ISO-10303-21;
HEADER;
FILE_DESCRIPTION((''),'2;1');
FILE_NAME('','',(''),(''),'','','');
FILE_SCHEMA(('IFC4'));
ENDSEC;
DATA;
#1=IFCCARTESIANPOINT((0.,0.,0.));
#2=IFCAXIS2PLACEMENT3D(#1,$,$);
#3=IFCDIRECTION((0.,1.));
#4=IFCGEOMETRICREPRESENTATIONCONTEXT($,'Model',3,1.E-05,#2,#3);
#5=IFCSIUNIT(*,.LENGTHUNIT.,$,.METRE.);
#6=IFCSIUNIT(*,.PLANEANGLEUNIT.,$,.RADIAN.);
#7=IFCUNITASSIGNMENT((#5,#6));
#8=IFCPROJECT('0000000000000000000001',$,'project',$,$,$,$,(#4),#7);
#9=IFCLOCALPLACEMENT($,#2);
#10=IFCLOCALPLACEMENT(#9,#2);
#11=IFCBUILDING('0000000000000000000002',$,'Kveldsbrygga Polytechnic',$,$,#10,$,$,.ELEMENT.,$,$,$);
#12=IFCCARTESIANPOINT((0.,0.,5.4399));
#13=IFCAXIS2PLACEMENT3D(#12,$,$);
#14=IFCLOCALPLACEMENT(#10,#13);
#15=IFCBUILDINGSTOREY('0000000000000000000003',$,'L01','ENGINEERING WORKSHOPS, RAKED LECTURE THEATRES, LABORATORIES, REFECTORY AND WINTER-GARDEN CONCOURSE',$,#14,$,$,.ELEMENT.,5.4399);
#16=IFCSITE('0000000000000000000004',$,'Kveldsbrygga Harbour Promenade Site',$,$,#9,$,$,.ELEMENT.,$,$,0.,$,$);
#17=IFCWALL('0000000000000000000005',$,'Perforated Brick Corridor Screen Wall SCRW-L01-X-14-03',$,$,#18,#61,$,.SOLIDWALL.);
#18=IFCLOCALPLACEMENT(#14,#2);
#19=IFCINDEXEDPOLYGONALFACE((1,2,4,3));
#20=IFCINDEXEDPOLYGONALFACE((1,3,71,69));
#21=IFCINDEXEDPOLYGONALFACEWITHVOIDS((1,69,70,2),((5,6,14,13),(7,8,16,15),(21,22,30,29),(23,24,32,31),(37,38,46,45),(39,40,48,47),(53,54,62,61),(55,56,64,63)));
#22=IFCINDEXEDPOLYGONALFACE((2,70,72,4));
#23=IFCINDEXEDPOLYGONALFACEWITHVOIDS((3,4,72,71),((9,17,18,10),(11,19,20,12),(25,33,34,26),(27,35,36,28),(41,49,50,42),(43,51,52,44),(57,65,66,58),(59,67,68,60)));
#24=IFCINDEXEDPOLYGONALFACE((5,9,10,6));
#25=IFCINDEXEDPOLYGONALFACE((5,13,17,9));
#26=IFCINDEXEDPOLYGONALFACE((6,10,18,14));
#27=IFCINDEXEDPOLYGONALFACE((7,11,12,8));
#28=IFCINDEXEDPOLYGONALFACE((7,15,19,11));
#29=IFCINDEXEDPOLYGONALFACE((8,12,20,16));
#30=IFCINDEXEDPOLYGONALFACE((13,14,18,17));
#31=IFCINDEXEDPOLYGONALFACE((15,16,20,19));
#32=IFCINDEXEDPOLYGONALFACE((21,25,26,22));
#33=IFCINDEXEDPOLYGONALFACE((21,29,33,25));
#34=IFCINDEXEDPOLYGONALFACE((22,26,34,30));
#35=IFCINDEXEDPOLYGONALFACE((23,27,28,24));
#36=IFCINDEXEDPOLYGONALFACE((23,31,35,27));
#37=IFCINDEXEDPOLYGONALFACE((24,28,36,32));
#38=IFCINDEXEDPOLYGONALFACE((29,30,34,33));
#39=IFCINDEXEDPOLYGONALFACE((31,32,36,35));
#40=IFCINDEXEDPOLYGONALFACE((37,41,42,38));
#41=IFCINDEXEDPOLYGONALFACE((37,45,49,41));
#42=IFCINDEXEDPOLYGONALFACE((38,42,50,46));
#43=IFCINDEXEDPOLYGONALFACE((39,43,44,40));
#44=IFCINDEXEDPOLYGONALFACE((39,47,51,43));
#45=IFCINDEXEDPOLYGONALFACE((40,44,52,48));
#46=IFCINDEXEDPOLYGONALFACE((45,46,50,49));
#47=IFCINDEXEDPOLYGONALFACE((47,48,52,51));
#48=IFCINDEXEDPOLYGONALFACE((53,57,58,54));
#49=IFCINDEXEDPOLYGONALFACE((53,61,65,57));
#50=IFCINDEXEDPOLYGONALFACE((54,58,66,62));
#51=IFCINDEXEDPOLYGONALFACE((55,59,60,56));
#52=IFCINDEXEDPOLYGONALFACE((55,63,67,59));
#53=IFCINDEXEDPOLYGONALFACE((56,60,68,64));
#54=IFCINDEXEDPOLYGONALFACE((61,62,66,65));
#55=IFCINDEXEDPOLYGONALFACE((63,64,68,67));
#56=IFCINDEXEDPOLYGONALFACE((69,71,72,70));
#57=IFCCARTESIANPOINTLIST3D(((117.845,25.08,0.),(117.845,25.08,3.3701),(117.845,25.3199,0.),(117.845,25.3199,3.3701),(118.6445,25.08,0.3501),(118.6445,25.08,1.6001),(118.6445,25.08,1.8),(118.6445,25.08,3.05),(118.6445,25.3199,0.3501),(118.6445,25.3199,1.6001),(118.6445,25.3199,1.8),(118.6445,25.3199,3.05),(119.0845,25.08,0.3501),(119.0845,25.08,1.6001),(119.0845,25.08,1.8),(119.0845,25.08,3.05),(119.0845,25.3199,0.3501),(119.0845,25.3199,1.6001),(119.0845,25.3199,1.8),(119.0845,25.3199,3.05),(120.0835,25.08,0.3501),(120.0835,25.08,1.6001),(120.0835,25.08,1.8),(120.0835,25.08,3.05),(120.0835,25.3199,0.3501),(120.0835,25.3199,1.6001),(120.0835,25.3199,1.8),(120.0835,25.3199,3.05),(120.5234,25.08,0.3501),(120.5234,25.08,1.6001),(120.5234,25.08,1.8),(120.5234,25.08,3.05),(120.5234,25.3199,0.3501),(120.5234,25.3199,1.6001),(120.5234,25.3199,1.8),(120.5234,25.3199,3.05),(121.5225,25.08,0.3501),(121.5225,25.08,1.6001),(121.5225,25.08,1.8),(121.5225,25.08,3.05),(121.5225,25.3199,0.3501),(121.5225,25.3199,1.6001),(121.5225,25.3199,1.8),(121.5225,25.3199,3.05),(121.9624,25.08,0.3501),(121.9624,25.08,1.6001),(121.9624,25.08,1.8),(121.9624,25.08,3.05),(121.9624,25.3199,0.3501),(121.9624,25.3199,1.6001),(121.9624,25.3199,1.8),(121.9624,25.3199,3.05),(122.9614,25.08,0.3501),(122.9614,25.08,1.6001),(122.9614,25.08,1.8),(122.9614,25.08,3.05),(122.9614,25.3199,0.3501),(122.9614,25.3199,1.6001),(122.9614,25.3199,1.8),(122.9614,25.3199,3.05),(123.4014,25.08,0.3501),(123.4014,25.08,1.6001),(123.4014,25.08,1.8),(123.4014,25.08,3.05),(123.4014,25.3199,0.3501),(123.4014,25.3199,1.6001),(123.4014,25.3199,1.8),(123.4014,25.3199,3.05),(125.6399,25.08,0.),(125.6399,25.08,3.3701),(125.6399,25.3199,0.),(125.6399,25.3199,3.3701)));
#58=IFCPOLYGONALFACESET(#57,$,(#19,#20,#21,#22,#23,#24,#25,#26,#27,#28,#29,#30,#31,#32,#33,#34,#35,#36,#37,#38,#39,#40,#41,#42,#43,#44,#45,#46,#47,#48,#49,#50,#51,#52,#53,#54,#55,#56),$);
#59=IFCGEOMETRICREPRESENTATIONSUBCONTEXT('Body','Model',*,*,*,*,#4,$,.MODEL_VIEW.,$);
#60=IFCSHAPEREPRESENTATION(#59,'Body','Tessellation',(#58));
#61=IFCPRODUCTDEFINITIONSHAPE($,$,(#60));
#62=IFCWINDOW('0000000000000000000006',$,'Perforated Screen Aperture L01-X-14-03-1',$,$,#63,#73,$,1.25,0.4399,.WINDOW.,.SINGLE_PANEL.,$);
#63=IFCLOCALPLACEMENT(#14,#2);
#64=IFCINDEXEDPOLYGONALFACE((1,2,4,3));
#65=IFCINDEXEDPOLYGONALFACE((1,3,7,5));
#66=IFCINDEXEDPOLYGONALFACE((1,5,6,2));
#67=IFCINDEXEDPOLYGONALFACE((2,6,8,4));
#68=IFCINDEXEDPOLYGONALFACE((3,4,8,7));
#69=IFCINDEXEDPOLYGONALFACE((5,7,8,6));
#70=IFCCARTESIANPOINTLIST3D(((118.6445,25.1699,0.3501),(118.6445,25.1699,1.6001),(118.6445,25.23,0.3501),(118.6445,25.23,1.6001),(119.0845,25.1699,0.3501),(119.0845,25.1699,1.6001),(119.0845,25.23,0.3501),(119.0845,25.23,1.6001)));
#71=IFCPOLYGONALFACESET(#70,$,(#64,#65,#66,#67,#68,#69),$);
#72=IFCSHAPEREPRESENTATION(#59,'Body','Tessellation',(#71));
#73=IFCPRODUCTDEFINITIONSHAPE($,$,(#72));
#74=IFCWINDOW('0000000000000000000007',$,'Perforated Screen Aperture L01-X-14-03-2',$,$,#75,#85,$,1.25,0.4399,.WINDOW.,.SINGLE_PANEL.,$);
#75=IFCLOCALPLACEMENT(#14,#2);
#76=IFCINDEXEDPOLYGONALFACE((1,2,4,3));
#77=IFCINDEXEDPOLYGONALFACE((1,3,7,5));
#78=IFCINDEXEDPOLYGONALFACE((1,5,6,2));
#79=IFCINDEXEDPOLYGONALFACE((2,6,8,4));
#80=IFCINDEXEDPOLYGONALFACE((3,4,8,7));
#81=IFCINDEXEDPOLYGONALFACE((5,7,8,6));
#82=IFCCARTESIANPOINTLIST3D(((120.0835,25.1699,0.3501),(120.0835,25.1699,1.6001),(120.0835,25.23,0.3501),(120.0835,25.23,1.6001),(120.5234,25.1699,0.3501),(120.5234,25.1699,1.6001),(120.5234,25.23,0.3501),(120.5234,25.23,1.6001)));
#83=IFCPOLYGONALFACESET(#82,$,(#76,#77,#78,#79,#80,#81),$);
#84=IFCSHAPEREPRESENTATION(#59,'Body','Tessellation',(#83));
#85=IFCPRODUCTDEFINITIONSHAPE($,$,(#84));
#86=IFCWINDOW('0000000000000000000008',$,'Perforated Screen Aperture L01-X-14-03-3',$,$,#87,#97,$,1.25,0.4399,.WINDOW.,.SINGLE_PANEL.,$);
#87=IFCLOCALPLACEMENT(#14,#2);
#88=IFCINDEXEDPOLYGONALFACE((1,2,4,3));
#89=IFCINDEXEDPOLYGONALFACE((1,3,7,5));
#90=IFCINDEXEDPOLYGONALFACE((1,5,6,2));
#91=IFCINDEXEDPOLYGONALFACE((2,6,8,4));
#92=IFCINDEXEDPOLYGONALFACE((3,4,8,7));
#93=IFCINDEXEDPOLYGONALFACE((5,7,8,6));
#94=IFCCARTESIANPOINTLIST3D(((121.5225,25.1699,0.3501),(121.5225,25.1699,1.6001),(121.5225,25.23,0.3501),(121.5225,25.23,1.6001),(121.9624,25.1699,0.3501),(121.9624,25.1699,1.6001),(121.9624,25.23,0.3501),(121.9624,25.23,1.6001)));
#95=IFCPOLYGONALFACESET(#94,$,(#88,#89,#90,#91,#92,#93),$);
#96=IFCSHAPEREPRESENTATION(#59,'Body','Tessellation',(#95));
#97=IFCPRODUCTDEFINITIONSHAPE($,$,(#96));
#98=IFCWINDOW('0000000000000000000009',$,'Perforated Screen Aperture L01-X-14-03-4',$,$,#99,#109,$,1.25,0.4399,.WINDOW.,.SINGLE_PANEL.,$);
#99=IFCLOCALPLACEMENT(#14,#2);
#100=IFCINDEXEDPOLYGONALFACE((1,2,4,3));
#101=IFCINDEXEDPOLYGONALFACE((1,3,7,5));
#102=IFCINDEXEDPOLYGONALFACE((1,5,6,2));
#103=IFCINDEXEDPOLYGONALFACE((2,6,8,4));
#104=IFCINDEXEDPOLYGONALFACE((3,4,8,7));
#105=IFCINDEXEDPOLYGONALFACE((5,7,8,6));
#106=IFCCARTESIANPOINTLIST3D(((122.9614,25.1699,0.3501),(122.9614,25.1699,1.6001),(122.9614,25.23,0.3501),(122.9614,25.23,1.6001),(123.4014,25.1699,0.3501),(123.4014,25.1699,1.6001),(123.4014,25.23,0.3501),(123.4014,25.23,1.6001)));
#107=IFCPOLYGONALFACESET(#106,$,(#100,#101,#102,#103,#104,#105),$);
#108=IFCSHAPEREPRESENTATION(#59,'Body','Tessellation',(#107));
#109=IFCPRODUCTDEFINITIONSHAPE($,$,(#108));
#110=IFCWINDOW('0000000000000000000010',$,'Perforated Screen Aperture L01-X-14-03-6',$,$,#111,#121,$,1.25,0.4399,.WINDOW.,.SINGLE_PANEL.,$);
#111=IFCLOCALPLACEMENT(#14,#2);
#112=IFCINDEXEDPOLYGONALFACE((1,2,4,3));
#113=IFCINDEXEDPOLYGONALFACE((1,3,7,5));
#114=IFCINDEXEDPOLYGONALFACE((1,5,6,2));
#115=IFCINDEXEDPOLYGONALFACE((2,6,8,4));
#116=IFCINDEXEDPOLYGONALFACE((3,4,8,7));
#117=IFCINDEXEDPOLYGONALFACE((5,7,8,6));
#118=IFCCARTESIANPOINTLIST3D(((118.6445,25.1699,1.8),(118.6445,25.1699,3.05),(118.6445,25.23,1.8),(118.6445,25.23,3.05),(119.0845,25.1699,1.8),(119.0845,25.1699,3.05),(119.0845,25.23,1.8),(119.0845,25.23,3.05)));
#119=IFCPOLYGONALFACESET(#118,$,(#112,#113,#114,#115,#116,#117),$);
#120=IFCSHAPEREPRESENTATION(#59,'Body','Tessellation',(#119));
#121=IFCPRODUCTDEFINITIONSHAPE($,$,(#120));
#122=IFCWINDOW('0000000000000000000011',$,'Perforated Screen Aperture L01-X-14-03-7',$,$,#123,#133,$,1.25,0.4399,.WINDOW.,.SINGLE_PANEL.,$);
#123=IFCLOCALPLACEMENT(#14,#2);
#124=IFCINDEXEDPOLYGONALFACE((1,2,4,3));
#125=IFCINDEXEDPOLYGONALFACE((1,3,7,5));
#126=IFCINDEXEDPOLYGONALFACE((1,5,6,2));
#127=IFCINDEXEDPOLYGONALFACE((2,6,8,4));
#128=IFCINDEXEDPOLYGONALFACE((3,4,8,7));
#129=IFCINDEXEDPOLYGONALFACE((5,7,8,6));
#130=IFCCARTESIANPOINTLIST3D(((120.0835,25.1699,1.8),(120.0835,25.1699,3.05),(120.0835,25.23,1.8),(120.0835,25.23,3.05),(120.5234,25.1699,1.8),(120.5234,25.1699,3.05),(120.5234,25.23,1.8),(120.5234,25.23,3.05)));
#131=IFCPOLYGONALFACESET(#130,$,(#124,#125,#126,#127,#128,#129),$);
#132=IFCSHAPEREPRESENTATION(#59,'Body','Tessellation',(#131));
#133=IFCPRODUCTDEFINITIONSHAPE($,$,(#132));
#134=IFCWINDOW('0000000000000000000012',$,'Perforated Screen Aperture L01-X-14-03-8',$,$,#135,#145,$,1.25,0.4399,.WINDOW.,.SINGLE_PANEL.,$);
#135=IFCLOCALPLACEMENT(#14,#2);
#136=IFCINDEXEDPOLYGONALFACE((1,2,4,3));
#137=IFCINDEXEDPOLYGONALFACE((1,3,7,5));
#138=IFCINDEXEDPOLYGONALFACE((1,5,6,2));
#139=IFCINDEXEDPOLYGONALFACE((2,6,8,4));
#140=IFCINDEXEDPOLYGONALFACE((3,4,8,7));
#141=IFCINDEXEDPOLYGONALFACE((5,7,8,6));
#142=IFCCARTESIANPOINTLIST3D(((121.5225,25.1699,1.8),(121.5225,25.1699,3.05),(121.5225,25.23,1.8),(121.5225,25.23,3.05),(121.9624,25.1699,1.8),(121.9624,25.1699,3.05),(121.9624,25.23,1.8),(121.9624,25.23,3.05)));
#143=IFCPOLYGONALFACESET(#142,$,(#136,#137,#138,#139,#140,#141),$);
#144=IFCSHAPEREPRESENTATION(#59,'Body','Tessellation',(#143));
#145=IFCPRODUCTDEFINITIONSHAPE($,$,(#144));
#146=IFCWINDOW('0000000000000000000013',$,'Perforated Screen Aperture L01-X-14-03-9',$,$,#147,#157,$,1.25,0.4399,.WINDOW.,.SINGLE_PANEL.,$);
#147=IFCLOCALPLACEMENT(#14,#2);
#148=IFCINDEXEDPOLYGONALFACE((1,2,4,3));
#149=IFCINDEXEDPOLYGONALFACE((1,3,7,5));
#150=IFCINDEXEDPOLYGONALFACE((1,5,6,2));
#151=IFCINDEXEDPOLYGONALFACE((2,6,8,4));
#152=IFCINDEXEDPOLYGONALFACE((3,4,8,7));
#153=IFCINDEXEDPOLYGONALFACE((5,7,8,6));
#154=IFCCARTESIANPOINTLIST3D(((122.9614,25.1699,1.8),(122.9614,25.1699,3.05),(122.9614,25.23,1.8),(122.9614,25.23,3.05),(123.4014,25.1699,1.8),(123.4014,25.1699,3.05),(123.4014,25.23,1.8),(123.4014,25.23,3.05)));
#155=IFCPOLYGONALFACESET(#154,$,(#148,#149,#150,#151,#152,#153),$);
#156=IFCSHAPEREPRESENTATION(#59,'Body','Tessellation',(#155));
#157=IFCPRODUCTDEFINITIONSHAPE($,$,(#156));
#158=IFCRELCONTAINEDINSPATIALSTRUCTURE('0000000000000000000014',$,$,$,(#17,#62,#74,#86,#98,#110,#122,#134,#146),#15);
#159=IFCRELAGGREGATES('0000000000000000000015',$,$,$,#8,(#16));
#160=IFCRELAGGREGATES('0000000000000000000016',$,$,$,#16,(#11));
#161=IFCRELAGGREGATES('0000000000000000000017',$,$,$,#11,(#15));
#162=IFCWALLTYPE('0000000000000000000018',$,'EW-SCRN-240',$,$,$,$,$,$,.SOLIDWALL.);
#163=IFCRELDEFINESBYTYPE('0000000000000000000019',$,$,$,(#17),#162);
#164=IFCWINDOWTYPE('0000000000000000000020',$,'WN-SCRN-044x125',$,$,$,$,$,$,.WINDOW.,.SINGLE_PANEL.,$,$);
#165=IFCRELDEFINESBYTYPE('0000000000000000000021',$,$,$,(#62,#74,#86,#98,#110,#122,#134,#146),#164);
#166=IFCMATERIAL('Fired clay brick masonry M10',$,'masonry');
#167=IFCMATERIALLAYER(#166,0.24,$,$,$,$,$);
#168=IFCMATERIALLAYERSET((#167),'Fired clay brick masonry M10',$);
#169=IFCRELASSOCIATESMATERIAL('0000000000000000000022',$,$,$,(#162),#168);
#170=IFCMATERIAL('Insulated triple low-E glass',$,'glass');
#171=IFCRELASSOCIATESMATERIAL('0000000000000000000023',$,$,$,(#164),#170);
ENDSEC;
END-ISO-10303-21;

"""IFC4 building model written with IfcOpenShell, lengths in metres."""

from ifc_helpers import new_model, si_unit, direction, frame, frame_2d, origin, place, context, subcontext, project, spatial, rectangle, extrude, material, layer, layer_set, type_object, element, fill, save


model = new_model("IFC4")

# Units and contexts
model_context = context("Model", 3, precision=1e-05, world=origin(), true_north=direction((0.0, 1.0)))
body_context = subcontext(model_context, "Body", "Model", "MODEL_VIEW")
ifc_project = project(units=[si_unit("LENGTHUNIT", "METRE"), si_unit("PLANEANGLEUNIT", "RADIAN")], contexts=[model_context])

# Site, building, storey
site_placement = place(None, origin())
site = spatial("IfcSite", under=ifc_project, at=site_placement, Name="Kveldsbrygga Harbour Promenade Site", CompositionType="ELEMENT", RefElevation=0.0)
building_placement = place(site_placement, origin())
building = spatial("IfcBuilding", under=site, at=building_placement, Name="Kveldsbrygga Polytechnic", CompositionType="ELEMENT")
storey_placement = place(building_placement, frame((0.0, 0.0, 5.4399)))
storey = spatial("IfcBuildingStorey", under=building, at=storey_placement, Name="L01", Description="ENGINEERING WORKSHOPS, RAKED LECTURE THEATRES, LABORATORIES, REFECTORY AND WINTER-GARDEN CONCOURSE", CompositionType="ELEMENT", Elevation=5.4399)

# Shared definitions
ifc_material_1 = material(Name="Insulated triple low-E glass", Category="glass")

# Wall, openings, windows
ifc_material_2 = material(Name="Fired clay brick masonry M10", Category="masonry")
ifc_layer_1 = layer(ifc_material_2, 0.24)
ifc_layer_set_1 = layer_set([ifc_layer_1], Name="Fired clay brick masonry M10")
wall_type = type_object("IfcWallType", Name="EW-SCRN-240", PredefinedType="SOLIDWALL", material=ifc_layer_set_1)
wall_placement = place(storey_placement, frame((117.845, 25.2, 0.0), z_axis=(0.0, 0.0, 1.0), x_axis=(1.0, 0.0, 0.0)))
wall = element("IfcWall", 1, at=wall_placement, inside=storey, type_object=wall_type, Name="Perforated Brick Corridor Screen Wall SCRW-L01-X-14-03", PredefinedType="SOLIDWALL", context=body_context, shape_type="SweptSolid", body=[
    extrude(rectangle(XDim=7.7949, YDim=0.24, at=frame_2d((3.8975, 0.0))), origin(), (0.0, 0.0, 1.0), 3.3701),
])
opening_1_placement = place(wall_placement, frame((0.7996, 0.0, 0.3501)))
opening_1 = element("IfcOpeningElement", 2, at=opening_1_placement, cuts=wall, PredefinedType="OPENING", context=body_context, shape_type="SweptSolid", body=[
    extrude(rectangle(XDim=0.4399, YDim=1.25, at=frame_2d((0.22, 0.625))), frame((0.0, 0.1299, 0.0), z_axis=(0.0, -1.0, 0.0), x_axis=(1.0, 0.0, 0.0)), (0.0, 0.0, 1.0), 0.26),
])
opening_2_placement = place(wall_placement, frame((2.2385, 0.0, 0.3501)))
opening_2 = element("IfcOpeningElement", 3, at=opening_2_placement, cuts=wall, PredefinedType="OPENING", context=body_context, shape_type="SweptSolid", body=[
    extrude(rectangle(XDim=0.4399, YDim=1.25, at=frame_2d((0.22, 0.625))), frame((0.0, 0.1299, 0.0), z_axis=(0.0, -1.0, 0.0), x_axis=(1.0, 0.0, 0.0)), (0.0, 0.0, 1.0), 0.26),
])
opening_3_placement = place(wall_placement, frame((3.6775, 0.0, 0.3501)))
opening_3 = element("IfcOpeningElement", 4, at=opening_3_placement, cuts=wall, PredefinedType="OPENING", context=body_context, shape_type="SweptSolid", body=[
    extrude(rectangle(XDim=0.4399, YDim=1.25, at=frame_2d((0.22, 0.625))), frame((0.0, 0.1299, 0.0), z_axis=(0.0, -1.0, 0.0), x_axis=(1.0, 0.0, 0.0)), (0.0, 0.0, 1.0), 0.26),
])
opening_4_placement = place(wall_placement, frame((5.1165, 0.0, 0.3501)))
opening_4 = element("IfcOpeningElement", 5, at=opening_4_placement, cuts=wall, PredefinedType="OPENING", context=body_context, shape_type="SweptSolid", body=[
    extrude(rectangle(XDim=0.4399, YDim=1.25, at=frame_2d((0.22, 0.625))), frame((0.0, 0.1299, 0.0), z_axis=(0.0, -1.0, 0.0), x_axis=(1.0, 0.0, 0.0)), (0.0, 0.0, 1.0), 0.26),
])
opening_5_placement = place(wall_placement, frame((0.7996, 0.0, 1.8)))
opening_5 = element("IfcOpeningElement", 6, at=opening_5_placement, cuts=wall, PredefinedType="OPENING", context=body_context, shape_type="SweptSolid", body=[
    extrude(rectangle(XDim=0.4399, YDim=1.25, at=frame_2d((0.22, 0.625))), frame((0.0, 0.1299, 0.0), z_axis=(0.0, -1.0, 0.0), x_axis=(1.0, 0.0, 0.0)), (0.0, 0.0, 1.0), 0.26),
])
opening_6_placement = place(wall_placement, frame((2.2385, 0.0, 1.8)))
opening_6 = element("IfcOpeningElement", 7, at=opening_6_placement, cuts=wall, PredefinedType="OPENING", context=body_context, shape_type="SweptSolid", body=[
    extrude(rectangle(XDim=0.4399, YDim=1.25, at=frame_2d((0.22, 0.625))), frame((0.0, 0.1299, 0.0), z_axis=(0.0, -1.0, 0.0), x_axis=(1.0, 0.0, 0.0)), (0.0, 0.0, 1.0), 0.26),
])
opening_7_placement = place(wall_placement, frame((3.6775, 0.0, 1.8)))
opening_7 = element("IfcOpeningElement", 8, at=opening_7_placement, cuts=wall, PredefinedType="OPENING", context=body_context, shape_type="SweptSolid", body=[
    extrude(rectangle(XDim=0.4399, YDim=1.25, at=frame_2d((0.22, 0.625))), frame((0.0, 0.1299, 0.0), z_axis=(0.0, -1.0, 0.0), x_axis=(1.0, 0.0, 0.0)), (0.0, 0.0, 1.0), 0.26),
])
opening_8_placement = place(wall_placement, frame((5.1165, 0.0, 1.8)))
opening_8 = element("IfcOpeningElement", 9, at=opening_8_placement, cuts=wall, PredefinedType="OPENING", context=body_context, shape_type="SweptSolid", body=[
    extrude(rectangle(XDim=0.4399, YDim=1.25, at=frame_2d((0.22, 0.625))), frame((0.0, 0.1299, 0.0), z_axis=(0.0, -1.0, 0.0), x_axis=(1.0, 0.0, 0.0)), (0.0, 0.0, 1.0), 0.26),
])
window_type = type_object("IfcWindowType", Name="WN-SCRN-044x125", PartitioningType="SINGLE_PANEL", PredefinedType="WINDOW", material=ifc_material_1)
window_1_placement = place(opening_1_placement, origin())
window_1 = element("IfcWindow", 10, at=window_1_placement, inside=storey, type_object=window_type, Name="Perforated Screen Aperture L01-X-14-03-1", OverallHeight=1.25, OverallWidth=0.4399, PartitioningType="SINGLE_PANEL", PredefinedType="WINDOW", context=body_context, shape_type="SweptSolid", body=[
    extrude(rectangle(XDim=0.4399, YDim=1.25, at=frame_2d((0.22, 0.625))), frame((0.0, 0.03, 0.0), z_axis=(0.0, -1.0, 0.0), x_axis=(1.0, 0.0, 0.0)), (0.0, 0.0, 1.0), 0.0601),
])
fill(opening_1, window_1)
window_2_placement = place(opening_2_placement, origin())
window_2 = element("IfcWindow", 11, at=window_2_placement, inside=storey, type_object=window_type, Name="Perforated Screen Aperture L01-X-14-03-2", OverallHeight=1.25, OverallWidth=0.4399, PartitioningType="SINGLE_PANEL", PredefinedType="WINDOW", context=body_context, shape_type="SweptSolid", body=[
    extrude(rectangle(XDim=0.4399, YDim=1.25, at=frame_2d((0.22, 0.625))), frame((0.0, 0.03, 0.0), z_axis=(0.0, -1.0, 0.0), x_axis=(1.0, 0.0, 0.0)), (0.0, 0.0, 1.0), 0.0601),
])
fill(opening_2, window_2)
window_3_placement = place(opening_3_placement, origin())
window_3 = element("IfcWindow", 12, at=window_3_placement, inside=storey, type_object=window_type, Name="Perforated Screen Aperture L01-X-14-03-3", OverallHeight=1.25, OverallWidth=0.4399, PartitioningType="SINGLE_PANEL", PredefinedType="WINDOW", context=body_context, shape_type="SweptSolid", body=[
    extrude(rectangle(XDim=0.4399, YDim=1.25, at=frame_2d((0.22, 0.625))), frame((0.0, 0.03, 0.0), z_axis=(0.0, -1.0, 0.0), x_axis=(1.0, 0.0, 0.0)), (0.0, 0.0, 1.0), 0.0601),
])
fill(opening_3, window_3)
window_4_placement = place(opening_4_placement, origin())
window_4 = element("IfcWindow", 13, at=window_4_placement, inside=storey, type_object=window_type, Name="Perforated Screen Aperture L01-X-14-03-4", OverallHeight=1.25, OverallWidth=0.4399, PartitioningType="SINGLE_PANEL", PredefinedType="WINDOW", context=body_context, shape_type="SweptSolid", body=[
    extrude(rectangle(XDim=0.4399, YDim=1.25, at=frame_2d((0.22, 0.625))), frame((0.0, 0.03, 0.0), z_axis=(0.0, -1.0, 0.0), x_axis=(1.0, 0.0, 0.0)), (0.0, 0.0, 1.0), 0.0601),
])
fill(opening_4, window_4)
window_5_placement = place(opening_5_placement, origin())
window_5 = element("IfcWindow", 14, at=window_5_placement, inside=storey, type_object=window_type, Name="Perforated Screen Aperture L01-X-14-03-6", OverallHeight=1.25, OverallWidth=0.4399, PartitioningType="SINGLE_PANEL", PredefinedType="WINDOW", context=body_context, shape_type="SweptSolid", body=[
    extrude(rectangle(XDim=0.4399, YDim=1.25, at=frame_2d((0.22, 0.625))), frame((0.0, 0.03, 0.0), z_axis=(0.0, -1.0, 0.0), x_axis=(1.0, 0.0, 0.0)), (0.0, 0.0, 1.0), 0.0601),
])
fill(opening_5, window_5)
window_6_placement = place(opening_6_placement, origin())
window_6 = element("IfcWindow", 15, at=window_6_placement, inside=storey, type_object=window_type, Name="Perforated Screen Aperture L01-X-14-03-7", OverallHeight=1.25, OverallWidth=0.4399, PartitioningType="SINGLE_PANEL", PredefinedType="WINDOW", context=body_context, shape_type="SweptSolid", body=[
    extrude(rectangle(XDim=0.4399, YDim=1.25, at=frame_2d((0.22, 0.625))), frame((0.0, 0.03, 0.0), z_axis=(0.0, -1.0, 0.0), x_axis=(1.0, 0.0, 0.0)), (0.0, 0.0, 1.0), 0.0601),
])
fill(opening_6, window_6)
window_7_placement = place(opening_7_placement, origin())
window_7 = element("IfcWindow", 16, at=window_7_placement, inside=storey, type_object=window_type, Name="Perforated Screen Aperture L01-X-14-03-8", OverallHeight=1.25, OverallWidth=0.4399, PartitioningType="SINGLE_PANEL", PredefinedType="WINDOW", context=body_context, shape_type="SweptSolid", body=[
    extrude(rectangle(XDim=0.4399, YDim=1.25, at=frame_2d((0.22, 0.625))), frame((0.0, 0.03, 0.0), z_axis=(0.0, -1.0, 0.0), x_axis=(1.0, 0.0, 0.0)), (0.0, 0.0, 1.0), 0.0601),
])
fill(opening_7, window_7)
window_8_placement = place(opening_8_placement, origin())
window_8 = element("IfcWindow", 17, at=window_8_placement, inside=storey, type_object=window_type, Name="Perforated Screen Aperture L01-X-14-03-9", OverallHeight=1.25, OverallWidth=0.4399, PartitioningType="SINGLE_PANEL", PredefinedType="WINDOW", context=body_context, shape_type="SweptSolid", body=[
    extrude(rectangle(XDim=0.4399, YDim=1.25, at=frame_2d((0.22, 0.625))), frame((0.0, 0.03, 0.0), z_axis=(0.0, -1.0, 0.0), x_axis=(1.0, 0.0, 0.0)), (0.0, 0.0, 1.0), 0.0601),
])
fill(opening_8, window_8)

save(model, "model.ifc")
